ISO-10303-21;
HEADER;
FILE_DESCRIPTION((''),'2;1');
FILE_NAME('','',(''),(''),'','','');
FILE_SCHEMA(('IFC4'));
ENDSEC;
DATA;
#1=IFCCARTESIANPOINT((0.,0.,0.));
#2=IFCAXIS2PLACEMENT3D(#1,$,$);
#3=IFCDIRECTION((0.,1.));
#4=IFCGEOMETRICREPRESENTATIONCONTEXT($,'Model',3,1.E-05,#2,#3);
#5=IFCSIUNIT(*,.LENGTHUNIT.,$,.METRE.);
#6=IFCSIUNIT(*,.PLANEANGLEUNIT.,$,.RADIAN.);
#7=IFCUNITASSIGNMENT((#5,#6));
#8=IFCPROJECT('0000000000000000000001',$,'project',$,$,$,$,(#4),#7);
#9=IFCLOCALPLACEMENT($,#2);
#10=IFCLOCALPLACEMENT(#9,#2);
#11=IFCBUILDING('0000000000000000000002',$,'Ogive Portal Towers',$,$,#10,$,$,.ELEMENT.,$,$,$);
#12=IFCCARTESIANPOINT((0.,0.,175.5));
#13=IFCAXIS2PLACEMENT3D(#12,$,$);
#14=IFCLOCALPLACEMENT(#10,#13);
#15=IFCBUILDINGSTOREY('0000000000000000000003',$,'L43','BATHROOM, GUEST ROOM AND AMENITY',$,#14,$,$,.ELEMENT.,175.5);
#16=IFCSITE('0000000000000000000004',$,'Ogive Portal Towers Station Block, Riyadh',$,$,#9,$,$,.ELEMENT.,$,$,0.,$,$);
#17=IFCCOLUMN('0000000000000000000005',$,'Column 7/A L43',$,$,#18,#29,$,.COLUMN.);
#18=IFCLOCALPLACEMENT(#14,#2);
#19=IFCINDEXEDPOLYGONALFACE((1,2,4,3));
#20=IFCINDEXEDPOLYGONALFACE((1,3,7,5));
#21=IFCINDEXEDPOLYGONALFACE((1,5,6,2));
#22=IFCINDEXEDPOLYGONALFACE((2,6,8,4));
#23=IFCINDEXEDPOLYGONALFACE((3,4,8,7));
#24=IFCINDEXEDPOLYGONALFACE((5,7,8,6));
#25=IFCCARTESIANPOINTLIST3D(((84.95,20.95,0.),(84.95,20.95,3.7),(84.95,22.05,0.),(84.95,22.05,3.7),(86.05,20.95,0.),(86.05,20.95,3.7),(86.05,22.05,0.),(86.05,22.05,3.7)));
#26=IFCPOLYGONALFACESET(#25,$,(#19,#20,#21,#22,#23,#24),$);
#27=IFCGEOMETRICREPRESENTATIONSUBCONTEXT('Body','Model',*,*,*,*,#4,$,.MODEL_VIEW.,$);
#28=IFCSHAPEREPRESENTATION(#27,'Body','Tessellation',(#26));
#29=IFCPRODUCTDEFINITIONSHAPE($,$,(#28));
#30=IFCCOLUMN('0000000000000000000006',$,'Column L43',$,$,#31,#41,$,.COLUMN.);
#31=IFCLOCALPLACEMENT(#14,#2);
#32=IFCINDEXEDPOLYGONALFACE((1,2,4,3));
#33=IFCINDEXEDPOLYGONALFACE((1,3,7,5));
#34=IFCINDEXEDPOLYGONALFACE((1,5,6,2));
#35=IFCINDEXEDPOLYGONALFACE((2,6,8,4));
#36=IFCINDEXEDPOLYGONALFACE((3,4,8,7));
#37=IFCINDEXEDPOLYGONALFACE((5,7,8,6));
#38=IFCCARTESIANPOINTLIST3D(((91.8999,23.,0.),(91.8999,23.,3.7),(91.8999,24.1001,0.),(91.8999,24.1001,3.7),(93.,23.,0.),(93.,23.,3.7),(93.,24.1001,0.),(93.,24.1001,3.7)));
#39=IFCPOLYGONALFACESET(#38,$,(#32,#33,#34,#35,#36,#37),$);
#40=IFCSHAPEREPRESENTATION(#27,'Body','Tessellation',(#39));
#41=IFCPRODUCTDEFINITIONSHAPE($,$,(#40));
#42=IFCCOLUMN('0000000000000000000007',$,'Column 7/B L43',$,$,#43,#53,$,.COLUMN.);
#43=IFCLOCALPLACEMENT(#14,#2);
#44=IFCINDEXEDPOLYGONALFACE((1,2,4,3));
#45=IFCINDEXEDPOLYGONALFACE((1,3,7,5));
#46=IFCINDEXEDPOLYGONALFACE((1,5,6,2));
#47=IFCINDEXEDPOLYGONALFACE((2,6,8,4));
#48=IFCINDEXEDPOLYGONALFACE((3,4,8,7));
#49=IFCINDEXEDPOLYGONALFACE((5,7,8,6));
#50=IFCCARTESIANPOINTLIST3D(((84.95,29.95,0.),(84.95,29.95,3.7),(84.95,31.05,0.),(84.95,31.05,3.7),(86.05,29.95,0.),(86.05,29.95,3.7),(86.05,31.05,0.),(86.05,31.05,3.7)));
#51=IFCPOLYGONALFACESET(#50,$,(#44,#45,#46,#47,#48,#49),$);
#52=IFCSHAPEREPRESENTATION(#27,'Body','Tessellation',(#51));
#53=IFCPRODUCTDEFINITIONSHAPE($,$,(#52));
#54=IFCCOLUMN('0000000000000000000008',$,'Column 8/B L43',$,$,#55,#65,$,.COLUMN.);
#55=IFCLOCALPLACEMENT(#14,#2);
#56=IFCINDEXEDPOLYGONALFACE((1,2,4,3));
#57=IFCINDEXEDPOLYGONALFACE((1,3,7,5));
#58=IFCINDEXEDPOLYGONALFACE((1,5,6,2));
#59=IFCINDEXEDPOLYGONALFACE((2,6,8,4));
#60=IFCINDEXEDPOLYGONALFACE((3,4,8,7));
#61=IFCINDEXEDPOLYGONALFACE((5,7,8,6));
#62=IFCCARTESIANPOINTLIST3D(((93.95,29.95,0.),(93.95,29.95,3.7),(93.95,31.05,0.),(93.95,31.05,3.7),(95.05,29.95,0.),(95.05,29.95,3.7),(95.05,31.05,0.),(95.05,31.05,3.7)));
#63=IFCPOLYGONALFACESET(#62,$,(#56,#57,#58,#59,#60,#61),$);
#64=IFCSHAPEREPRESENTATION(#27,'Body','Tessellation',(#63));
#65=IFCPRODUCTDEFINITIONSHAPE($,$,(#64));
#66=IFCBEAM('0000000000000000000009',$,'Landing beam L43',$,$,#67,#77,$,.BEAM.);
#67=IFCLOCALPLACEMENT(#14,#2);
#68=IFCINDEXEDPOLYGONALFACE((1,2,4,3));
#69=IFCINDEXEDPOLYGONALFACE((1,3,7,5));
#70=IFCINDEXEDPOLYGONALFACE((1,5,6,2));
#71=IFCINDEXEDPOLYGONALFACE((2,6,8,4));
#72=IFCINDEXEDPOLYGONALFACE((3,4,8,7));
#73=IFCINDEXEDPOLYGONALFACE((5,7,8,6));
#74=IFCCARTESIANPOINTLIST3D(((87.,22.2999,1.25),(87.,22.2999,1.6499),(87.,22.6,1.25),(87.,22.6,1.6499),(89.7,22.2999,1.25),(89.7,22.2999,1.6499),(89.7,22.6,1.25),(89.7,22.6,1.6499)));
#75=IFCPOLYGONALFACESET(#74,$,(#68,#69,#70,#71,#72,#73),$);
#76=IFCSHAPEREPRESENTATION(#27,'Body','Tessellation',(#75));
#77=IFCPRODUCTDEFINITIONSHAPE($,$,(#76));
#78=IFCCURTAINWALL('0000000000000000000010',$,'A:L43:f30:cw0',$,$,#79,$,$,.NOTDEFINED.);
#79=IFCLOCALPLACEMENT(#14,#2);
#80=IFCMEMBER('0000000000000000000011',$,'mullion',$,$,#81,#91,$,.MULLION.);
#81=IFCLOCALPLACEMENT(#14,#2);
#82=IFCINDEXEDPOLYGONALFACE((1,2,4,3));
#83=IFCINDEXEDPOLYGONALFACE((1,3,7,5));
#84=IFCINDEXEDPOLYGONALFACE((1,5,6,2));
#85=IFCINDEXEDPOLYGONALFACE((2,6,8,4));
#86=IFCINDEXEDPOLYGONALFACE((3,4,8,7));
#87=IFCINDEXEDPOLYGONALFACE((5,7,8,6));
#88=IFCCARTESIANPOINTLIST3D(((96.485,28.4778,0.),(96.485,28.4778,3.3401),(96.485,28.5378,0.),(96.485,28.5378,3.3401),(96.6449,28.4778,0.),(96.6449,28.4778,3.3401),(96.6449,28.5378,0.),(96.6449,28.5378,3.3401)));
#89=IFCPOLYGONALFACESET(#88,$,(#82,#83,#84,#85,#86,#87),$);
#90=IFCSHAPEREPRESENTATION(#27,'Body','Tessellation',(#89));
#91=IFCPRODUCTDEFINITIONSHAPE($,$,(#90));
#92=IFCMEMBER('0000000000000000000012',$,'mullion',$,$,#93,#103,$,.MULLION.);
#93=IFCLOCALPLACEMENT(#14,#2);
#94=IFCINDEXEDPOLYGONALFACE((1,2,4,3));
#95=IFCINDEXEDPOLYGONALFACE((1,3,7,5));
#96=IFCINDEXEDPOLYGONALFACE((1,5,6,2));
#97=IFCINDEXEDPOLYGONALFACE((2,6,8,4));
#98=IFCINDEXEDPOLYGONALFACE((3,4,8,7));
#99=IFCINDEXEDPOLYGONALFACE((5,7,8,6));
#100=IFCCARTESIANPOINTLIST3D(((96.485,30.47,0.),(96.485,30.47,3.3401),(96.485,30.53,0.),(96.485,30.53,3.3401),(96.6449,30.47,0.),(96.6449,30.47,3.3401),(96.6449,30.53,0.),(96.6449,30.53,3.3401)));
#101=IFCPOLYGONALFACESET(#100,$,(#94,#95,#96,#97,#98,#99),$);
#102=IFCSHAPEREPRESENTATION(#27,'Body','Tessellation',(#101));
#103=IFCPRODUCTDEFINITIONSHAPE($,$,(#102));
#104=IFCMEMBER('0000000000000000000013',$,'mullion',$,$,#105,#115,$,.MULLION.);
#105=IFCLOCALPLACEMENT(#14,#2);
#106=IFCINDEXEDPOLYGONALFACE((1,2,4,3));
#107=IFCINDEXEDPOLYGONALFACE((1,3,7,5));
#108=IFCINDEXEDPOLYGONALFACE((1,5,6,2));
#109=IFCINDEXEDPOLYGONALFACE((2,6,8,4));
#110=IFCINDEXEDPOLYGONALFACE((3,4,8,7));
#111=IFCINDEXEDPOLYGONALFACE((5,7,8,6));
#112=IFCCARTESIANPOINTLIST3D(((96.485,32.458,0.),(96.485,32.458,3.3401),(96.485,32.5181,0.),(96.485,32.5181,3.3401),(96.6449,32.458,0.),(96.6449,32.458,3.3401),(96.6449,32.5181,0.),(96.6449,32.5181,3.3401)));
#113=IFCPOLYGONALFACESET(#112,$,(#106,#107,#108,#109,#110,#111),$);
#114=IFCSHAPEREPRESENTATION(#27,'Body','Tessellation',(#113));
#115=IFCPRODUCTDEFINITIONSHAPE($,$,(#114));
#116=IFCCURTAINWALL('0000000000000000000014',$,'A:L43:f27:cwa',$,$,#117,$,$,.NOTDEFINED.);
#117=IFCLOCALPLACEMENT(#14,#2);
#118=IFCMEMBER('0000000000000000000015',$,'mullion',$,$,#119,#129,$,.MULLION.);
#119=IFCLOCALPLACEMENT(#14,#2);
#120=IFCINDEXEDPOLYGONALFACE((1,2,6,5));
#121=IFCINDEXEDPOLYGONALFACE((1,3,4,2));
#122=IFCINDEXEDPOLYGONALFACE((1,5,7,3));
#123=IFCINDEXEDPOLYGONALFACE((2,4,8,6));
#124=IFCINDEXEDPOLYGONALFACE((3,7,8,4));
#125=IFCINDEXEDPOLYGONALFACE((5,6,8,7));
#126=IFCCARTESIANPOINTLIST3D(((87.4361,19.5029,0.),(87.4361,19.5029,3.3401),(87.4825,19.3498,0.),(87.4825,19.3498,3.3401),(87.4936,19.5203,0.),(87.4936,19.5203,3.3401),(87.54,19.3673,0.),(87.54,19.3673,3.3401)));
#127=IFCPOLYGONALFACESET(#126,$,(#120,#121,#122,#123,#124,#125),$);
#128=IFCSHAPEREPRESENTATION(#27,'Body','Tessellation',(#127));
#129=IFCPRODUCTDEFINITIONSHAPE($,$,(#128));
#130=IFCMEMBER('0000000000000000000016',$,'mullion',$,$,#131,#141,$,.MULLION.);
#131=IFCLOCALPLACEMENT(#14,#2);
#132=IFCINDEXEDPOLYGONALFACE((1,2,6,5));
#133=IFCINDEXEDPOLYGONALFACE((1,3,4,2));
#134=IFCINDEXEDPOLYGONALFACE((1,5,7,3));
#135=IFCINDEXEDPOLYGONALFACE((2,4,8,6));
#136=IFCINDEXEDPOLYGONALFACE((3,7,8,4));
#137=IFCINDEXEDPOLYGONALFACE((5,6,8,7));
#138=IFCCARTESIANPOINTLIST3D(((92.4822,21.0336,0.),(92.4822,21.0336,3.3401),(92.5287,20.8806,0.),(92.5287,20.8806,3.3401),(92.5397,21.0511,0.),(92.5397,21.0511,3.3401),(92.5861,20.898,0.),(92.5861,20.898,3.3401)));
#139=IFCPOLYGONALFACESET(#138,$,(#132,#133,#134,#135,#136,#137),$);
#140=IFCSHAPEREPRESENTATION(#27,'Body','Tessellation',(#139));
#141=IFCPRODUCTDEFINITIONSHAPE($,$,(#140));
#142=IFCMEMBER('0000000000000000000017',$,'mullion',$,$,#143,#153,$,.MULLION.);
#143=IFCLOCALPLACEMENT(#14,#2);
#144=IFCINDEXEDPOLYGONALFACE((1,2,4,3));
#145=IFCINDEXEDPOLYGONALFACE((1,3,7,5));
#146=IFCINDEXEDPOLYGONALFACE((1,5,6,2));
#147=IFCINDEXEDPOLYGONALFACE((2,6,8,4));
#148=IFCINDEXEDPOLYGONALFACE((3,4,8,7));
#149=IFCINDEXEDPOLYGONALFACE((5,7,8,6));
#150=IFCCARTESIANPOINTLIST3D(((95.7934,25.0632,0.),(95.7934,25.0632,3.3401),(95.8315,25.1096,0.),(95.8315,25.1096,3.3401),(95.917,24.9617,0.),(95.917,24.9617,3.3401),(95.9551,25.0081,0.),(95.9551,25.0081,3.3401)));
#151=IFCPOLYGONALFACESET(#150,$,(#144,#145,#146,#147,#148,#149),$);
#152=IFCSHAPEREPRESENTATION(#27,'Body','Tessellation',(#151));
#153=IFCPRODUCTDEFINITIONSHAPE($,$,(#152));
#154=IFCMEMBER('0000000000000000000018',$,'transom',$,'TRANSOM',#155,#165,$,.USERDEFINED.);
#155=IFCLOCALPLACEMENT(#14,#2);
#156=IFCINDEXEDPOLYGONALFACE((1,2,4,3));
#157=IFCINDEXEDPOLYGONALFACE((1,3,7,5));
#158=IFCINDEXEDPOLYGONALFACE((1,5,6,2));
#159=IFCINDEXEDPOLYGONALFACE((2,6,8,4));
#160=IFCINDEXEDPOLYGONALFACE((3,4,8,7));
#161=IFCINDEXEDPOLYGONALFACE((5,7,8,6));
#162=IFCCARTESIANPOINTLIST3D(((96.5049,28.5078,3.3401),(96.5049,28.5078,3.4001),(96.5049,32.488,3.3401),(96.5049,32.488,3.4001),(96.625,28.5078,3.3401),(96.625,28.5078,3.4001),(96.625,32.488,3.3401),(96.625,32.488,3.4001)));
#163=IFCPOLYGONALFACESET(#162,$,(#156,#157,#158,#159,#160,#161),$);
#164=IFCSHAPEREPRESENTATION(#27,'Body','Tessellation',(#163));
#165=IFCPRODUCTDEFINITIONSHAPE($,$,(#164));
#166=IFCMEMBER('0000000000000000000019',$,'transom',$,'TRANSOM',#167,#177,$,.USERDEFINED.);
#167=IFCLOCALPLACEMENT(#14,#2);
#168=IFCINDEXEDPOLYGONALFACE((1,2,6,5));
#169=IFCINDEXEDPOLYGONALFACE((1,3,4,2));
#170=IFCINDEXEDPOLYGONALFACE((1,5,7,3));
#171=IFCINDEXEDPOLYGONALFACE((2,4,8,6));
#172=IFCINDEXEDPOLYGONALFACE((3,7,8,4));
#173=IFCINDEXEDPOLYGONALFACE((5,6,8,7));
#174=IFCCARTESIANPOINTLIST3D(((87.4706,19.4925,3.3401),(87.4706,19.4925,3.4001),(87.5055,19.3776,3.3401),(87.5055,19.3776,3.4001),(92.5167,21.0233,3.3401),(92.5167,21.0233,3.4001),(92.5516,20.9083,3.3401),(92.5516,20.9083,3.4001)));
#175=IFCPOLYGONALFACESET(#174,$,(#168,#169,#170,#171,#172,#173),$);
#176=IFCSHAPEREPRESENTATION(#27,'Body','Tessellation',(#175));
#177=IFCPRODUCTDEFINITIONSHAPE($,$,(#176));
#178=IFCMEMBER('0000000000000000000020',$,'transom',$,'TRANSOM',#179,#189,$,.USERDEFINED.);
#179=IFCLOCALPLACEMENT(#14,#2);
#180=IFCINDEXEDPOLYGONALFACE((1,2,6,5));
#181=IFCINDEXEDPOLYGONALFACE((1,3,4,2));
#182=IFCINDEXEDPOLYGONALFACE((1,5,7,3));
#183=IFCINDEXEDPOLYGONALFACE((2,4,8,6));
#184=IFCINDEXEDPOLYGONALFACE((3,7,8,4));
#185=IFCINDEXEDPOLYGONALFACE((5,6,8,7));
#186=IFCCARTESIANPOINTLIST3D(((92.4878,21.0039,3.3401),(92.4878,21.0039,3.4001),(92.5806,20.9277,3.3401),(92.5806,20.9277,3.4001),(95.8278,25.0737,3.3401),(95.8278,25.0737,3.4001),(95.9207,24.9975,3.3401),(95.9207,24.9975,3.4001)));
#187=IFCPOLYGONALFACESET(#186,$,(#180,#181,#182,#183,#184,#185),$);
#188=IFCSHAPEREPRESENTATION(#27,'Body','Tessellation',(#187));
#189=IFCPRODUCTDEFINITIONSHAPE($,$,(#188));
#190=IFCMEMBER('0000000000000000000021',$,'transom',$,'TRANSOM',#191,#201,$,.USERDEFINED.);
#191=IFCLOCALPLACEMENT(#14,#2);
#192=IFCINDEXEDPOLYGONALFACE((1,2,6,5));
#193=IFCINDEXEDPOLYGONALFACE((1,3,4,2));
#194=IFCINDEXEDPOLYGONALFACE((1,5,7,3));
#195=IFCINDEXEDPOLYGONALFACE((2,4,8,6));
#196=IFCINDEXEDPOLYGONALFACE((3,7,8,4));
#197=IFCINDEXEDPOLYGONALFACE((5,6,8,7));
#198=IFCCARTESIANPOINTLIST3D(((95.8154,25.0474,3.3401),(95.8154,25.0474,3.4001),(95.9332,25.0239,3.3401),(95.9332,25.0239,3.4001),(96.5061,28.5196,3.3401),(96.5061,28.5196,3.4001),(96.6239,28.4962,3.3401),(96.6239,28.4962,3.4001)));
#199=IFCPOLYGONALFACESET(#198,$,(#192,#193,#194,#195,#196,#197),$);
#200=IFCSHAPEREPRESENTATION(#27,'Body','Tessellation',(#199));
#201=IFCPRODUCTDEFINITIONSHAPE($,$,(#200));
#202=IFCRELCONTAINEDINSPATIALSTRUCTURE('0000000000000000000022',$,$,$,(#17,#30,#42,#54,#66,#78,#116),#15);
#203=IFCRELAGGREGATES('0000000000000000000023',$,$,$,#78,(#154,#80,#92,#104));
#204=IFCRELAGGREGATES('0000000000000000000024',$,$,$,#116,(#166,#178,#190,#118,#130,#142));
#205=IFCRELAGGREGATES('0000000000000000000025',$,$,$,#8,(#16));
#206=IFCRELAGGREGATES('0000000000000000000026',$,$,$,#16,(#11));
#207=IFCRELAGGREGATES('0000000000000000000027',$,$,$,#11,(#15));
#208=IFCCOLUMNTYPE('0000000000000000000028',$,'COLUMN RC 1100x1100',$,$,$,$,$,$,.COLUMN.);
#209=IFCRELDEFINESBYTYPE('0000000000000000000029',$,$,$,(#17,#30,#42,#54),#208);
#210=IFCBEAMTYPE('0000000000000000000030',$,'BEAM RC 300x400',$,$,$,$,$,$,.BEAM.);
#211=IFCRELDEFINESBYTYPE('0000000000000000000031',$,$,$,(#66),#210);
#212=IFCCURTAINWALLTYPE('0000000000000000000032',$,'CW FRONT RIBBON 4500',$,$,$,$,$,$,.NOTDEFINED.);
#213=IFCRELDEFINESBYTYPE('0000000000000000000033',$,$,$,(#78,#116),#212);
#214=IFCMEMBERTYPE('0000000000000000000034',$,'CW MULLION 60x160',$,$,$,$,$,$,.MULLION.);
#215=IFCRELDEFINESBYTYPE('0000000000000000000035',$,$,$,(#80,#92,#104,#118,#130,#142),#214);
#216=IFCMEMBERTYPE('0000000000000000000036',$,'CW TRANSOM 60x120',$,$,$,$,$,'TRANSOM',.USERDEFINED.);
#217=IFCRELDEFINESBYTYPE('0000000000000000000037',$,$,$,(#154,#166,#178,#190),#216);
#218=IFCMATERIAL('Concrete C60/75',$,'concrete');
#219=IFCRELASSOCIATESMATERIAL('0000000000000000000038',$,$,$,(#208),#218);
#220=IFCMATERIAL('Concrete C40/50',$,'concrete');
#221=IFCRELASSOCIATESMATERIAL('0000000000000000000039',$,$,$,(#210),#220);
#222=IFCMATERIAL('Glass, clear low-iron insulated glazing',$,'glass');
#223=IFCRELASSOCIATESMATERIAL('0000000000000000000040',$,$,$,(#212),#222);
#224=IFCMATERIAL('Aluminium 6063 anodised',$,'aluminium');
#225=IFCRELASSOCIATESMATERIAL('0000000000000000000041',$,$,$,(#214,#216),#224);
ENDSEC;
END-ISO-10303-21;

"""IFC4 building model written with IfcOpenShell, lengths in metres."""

from ifc_helpers import new_model, si_unit, direction, frame, origin, origin_2d, place, context, subcontext, project, spatial, rectangle, extrude, material, material_profile, profile_set, type_object, element, aggregate, save


model = new_model("IFC4")

# Units and contexts
model_context = context("Model", 3, precision=1e-05, world=origin(), true_north=direction((0.0, 1.0)))
body_context = subcontext(model_context, "Body", "Model", "MODEL_VIEW")
ifc_project = project(units=[si_unit("LENGTHUNIT", "METRE"), si_unit("PLANEANGLEUNIT", "RADIAN")], contexts=[model_context])

# Site, building, storey
site_placement = place(None, origin())
site = spatial("IfcSite", under=ifc_project, at=site_placement, Name="Ogive Portal Towers Station Block, Riyadh", CompositionType="ELEMENT", RefElevation=0.0)
building_placement = place(site_placement, origin())
building = spatial("IfcBuilding", under=site, at=building_placement, Name="Ogive Portal Towers", CompositionType="ELEMENT")
storey_placement = place(building_placement, frame((0.0, 0.0, 175.5)))
storey = spatial("IfcBuildingStorey", under=building, at=storey_placement, Name="L43", Description="BATHROOM, GUEST ROOM AND AMENITY", CompositionType="ELEMENT", Elevation=175.5)

# Columns
ifc_material_1 = material(Name="Concrete C60/75", Category="concrete")
ifc_material_profile_1 = material_profile(ifc_material_1, rectangle(XDim=1.1001, YDim=1.1001, at=origin_2d()), Name="RC 1100x1100")
ifc_profile_set_1 = profile_set([ifc_material_profile_1], Name="Concrete C60/75")
column_type = type_object("IfcColumnType", Name="COLUMN RC 1100x1100", PredefinedType="COLUMN", material=ifc_profile_set_1)
for number, where, z_axis, x_axis, name in (
    (1, (85.5, 21.5, 0.0), (0.0, 0.0, 1.0), (1.0, 0.0, 0.0), "Column 7/A L43"),
    (2, (92.45, 23.55, 0.0), (0.0, 0.0, 1.0), (1.0, 0.0, 0.0), "Column L43"),
    (3, (85.5, 30.5, 0.0), (0.0, 0.0, 1.0), (1.0, 0.0, 0.0), "Column 7/B L43"),
    (4, (94.5, 30.5, 0.0), (0.0, 0.0, 1.0), (1.0, 0.0, 0.0), "Column 8/B L43"),
):
    element("IfcColumn", number, at=place(storey_placement, frame(where, z_axis=z_axis, x_axis=x_axis)), inside=storey, type_object=column_type, Name=name, PredefinedType="COLUMN", context=body_context, shape_type="SweptSolid", body=[
        extrude(rectangle(XDim=1.1001, YDim=1.1001, at=origin_2d()), origin(), (0.0, 0.0, 1.0), 3.7),
    ])

# Beam
ifc_material_2 = material(Name="Concrete C40/50", Category="concrete")
ifc_material_profile_2 = material_profile(ifc_material_2, rectangle(XDim=0.3, YDim=0.3999, at=origin_2d()), Name="RC 300x400")
ifc_profile_set_2 = profile_set([ifc_material_profile_2], Name="Concrete C40/50")
beam_type = type_object("IfcBeamType", Name="BEAM RC 300x400", PredefinedType="BEAM", material=ifc_profile_set_2)
beam_placement = place(storey_placement, frame((87.0, 22.45, 1.45), z_axis=(1.0, 0.0, 0.0), x_axis=(0.0, 1.0, 0.0)))
element("IfcBeam", 5, at=beam_placement, inside=storey, type_object=beam_type, Name="Landing beam L43", PredefinedType="BEAM", context=body_context, shape_type="SweptSolid", body=[
    extrude(rectangle(XDim=0.3, YDim=0.3999, at=origin_2d()), origin(), (0.0, 0.0, 1.0), 2.7),
])

# Curtain walls, members
ifc_material_3 = material(Name="Glass, clear low-iron insulated glazing", Category="glass")
curtain_wall_type = type_object("IfcCurtainWallType", Name="CW FRONT RIBBON 4500", PredefinedType="NOTDEFINED", material=ifc_material_3)
curtain_wall_1_placement = place(storey_placement, origin())
curtain_wall_1 = element("IfcCurtainWall", 6, at=curtain_wall_1_placement, inside=storey, type_object=curtain_wall_type, Name="A:L43:f30:cw0", PredefinedType="NOTDEFINED")
ifc_material_4 = material(Name="Aluminium 6063 anodised", Category="aluminium")
ifc_material_profile_3 = material_profile(ifc_material_4, rectangle(XDim=0.1599, YDim=0.0601, at=origin_2d()), Name="AL 60x160")
ifc_profile_set_3 = profile_set([ifc_material_profile_3], Name="Aluminium 6063 anodised")
member_type_1 = type_object("IfcMemberType", Name="CW MULLION 60x160", PredefinedType="MULLION", material=ifc_profile_set_3)
member_1_placement = place(storey_placement, frame((96.5649, 28.5078, 0.0), z_axis=(0.0, 0.0, 1.0), x_axis=(-1.0, 0.0, 0.0)))
member_1 = element("IfcMember", 7, at=member_1_placement, type_object=member_type_1, Name="mullion", PredefinedType="MULLION", context=body_context, shape_type="SweptSolid", body=[
    extrude(rectangle(XDim=0.1599, YDim=0.0601, at=origin_2d()), origin(), (0.0, 0.0, 1.0), 3.3401),
])
member_2_placement = place(storey_placement, frame((96.5649, 30.5, 0.0), z_axis=(0.0, 0.0, 1.0), x_axis=(-1.0, 0.0, 0.0)))
member_2 = element("IfcMember", 8, at=member_2_placement, type_object=member_type_1, Name="mullion", PredefinedType="MULLION", context=body_context, shape_type="SweptSolid", body=[
    extrude(rectangle(XDim=0.1599, YDim=0.0601, at=origin_2d()), origin(), (0.0, 0.0, 1.0), 3.3401),
])
member_3_placement = place(storey_placement, frame((96.5649, 32.488, 0.0), z_axis=(0.0, 0.0, 1.0), x_axis=(-1.0, 0.0, 0.0)))
member_3 = element("IfcMember", 9, at=member_3_placement, type_object=member_type_1, Name="mullion", PredefinedType="MULLION", context=body_context, shape_type="SweptSolid", body=[
    extrude(rectangle(XDim=0.1599, YDim=0.0601, at=origin_2d()), origin(), (0.0, 0.0, 1.0), 3.3401),
])
curtain_wall_2_placement = place(storey_placement, origin())
curtain_wall_2 = element("IfcCurtainWall", 10, at=curtain_wall_2_placement, inside=storey, type_object=curtain_wall_type, Name="A:L43:f27:cwa", PredefinedType="NOTDEFINED")
member_4_placement = place(storey_placement, frame((87.488, 19.4351, 0.0), z_axis=(0.0, 0.0, 1.0), x_axis=(-0.290285, 0.95694, 0.0)))
member_4 = element("IfcMember", 11, at=member_4_placement, type_object=member_type_1, Name="mullion", PredefinedType="MULLION", context=body_context, shape_type="SweptSolid", body=[
    extrude(rectangle(XDim=0.1599, YDim=0.0601, at=origin_2d()), origin(), (0.0, 0.0, 1.0), 3.3401),
])
member_5_placement = place(storey_placement, frame((92.5342, 20.9658, 0.0), z_axis=(0.0, 0.0, 1.0), x_axis=(-0.290285, 0.95694, 0.0)))
member_5 = element("IfcMember", 12, at=member_5_placement, type_object=member_type_1, Name="mullion", PredefinedType="MULLION", context=body_context, shape_type="SweptSolid", body=[
    extrude(rectangle(XDim=0.1599, YDim=0.0601, at=origin_2d()), origin(), (0.0, 0.0, 1.0), 3.3401),
])
member_6_placement = place(storey_placement, frame((95.8743, 25.0356, 0.0), z_axis=(0.0, 0.0, 1.0), x_axis=(-0.77301, 0.634393, 0.0)))
member_6 = element("IfcMember", 13, at=member_6_placement, type_object=member_type_1, Name="mullion", PredefinedType="MULLION", context=body_context, shape_type="SweptSolid", body=[
    extrude(rectangle(XDim=0.1599, YDim=0.0601, at=origin_2d()), origin(), (0.0, 0.0, 1.0), 3.3401),
])

# Members
ifc_material_profile_4 = material_profile(ifc_material_4, rectangle(XDim=0.1201, YDim=0.0601, at=origin_2d()), Name="AL 120x60")
ifc_profile_set_4 = profile_set([ifc_material_profile_4], Name="Aluminium 6063 anodised")
member_type_2 = type_object("IfcMemberType", Name="CW TRANSOM 60x120", ElementType="TRANSOM", PredefinedType="USERDEFINED", material=ifc_profile_set_4)
member_7_placement = place(storey_placement, frame((96.5649, 28.5078, 3.3701), z_axis=(0.0, 1.0, 0.0), x_axis=(-1.0, 0.0, 0.0)))
member_7 = element("IfcMember", 14, at=member_7_placement, type_object=member_type_2, Name="transom", ObjectType="TRANSOM", PredefinedType="USERDEFINED", context=body_context, shape_type="SweptSolid", body=[
    extrude(rectangle(XDim=0.1201, YDim=0.0601, at=origin_2d()), origin(), (0.0, 0.0, 1.0), 3.9802),
])
member_8_placement = place(storey_placement, frame((87.488, 19.4351, 3.3701), z_axis=(0.956939, 0.29029, 0.0), x_axis=(-0.29029, 0.956939, 0.0)))
member_8 = element("IfcMember", 15, at=member_8_placement, type_object=member_type_2, Name="transom", ObjectType="TRANSOM", PredefinedType="USERDEFINED", context=body_context, shape_type="SweptSolid", body=[
    extrude(rectangle(XDim=0.1201, YDim=0.0601, at=origin_2d()), origin(), (0.0, 0.0, 1.0), 5.2732),
])
member_9_placement = place(storey_placement, frame((92.5342, 20.9658, 3.3701), z_axis=(0.634401, 0.773004, 0.0), x_axis=(-0.773004, 0.634401, 0.0)))
member_9 = element("IfcMember", 16, at=member_9_placement, type_object=member_type_2, Name="transom", ObjectType="TRANSOM", PredefinedType="USERDEFINED", context=body_context, shape_type="SweptSolid", body=[
    extrude(rectangle(XDim=0.1201, YDim=0.0601, at=origin_2d()), origin(), (0.0, 0.0, 1.0), 5.2649),
])
member_10_placement = place(storey_placement, frame((95.8743, 25.0356, 3.3701), z_axis=(0.195095, 0.980784, 0.0), x_axis=(-0.980784, 0.195095, 0.0)))
member_10 = element("IfcMember", 17, at=member_10_placement, type_object=member_type_2, Name="transom", ObjectType="TRANSOM", PredefinedType="USERDEFINED", context=body_context, shape_type="SweptSolid", body=[
    extrude(rectangle(XDim=0.1201, YDim=0.0601, at=origin_2d()), origin(), (0.0, 0.0, 1.0), 3.5403),
])

aggregate(curtain_wall_1, [member_7, member_1, member_2, member_3])
aggregate(curtain_wall_2, [member_8, member_9, member_10, member_4, member_5, member_6])

save(model, "model.ifc")
